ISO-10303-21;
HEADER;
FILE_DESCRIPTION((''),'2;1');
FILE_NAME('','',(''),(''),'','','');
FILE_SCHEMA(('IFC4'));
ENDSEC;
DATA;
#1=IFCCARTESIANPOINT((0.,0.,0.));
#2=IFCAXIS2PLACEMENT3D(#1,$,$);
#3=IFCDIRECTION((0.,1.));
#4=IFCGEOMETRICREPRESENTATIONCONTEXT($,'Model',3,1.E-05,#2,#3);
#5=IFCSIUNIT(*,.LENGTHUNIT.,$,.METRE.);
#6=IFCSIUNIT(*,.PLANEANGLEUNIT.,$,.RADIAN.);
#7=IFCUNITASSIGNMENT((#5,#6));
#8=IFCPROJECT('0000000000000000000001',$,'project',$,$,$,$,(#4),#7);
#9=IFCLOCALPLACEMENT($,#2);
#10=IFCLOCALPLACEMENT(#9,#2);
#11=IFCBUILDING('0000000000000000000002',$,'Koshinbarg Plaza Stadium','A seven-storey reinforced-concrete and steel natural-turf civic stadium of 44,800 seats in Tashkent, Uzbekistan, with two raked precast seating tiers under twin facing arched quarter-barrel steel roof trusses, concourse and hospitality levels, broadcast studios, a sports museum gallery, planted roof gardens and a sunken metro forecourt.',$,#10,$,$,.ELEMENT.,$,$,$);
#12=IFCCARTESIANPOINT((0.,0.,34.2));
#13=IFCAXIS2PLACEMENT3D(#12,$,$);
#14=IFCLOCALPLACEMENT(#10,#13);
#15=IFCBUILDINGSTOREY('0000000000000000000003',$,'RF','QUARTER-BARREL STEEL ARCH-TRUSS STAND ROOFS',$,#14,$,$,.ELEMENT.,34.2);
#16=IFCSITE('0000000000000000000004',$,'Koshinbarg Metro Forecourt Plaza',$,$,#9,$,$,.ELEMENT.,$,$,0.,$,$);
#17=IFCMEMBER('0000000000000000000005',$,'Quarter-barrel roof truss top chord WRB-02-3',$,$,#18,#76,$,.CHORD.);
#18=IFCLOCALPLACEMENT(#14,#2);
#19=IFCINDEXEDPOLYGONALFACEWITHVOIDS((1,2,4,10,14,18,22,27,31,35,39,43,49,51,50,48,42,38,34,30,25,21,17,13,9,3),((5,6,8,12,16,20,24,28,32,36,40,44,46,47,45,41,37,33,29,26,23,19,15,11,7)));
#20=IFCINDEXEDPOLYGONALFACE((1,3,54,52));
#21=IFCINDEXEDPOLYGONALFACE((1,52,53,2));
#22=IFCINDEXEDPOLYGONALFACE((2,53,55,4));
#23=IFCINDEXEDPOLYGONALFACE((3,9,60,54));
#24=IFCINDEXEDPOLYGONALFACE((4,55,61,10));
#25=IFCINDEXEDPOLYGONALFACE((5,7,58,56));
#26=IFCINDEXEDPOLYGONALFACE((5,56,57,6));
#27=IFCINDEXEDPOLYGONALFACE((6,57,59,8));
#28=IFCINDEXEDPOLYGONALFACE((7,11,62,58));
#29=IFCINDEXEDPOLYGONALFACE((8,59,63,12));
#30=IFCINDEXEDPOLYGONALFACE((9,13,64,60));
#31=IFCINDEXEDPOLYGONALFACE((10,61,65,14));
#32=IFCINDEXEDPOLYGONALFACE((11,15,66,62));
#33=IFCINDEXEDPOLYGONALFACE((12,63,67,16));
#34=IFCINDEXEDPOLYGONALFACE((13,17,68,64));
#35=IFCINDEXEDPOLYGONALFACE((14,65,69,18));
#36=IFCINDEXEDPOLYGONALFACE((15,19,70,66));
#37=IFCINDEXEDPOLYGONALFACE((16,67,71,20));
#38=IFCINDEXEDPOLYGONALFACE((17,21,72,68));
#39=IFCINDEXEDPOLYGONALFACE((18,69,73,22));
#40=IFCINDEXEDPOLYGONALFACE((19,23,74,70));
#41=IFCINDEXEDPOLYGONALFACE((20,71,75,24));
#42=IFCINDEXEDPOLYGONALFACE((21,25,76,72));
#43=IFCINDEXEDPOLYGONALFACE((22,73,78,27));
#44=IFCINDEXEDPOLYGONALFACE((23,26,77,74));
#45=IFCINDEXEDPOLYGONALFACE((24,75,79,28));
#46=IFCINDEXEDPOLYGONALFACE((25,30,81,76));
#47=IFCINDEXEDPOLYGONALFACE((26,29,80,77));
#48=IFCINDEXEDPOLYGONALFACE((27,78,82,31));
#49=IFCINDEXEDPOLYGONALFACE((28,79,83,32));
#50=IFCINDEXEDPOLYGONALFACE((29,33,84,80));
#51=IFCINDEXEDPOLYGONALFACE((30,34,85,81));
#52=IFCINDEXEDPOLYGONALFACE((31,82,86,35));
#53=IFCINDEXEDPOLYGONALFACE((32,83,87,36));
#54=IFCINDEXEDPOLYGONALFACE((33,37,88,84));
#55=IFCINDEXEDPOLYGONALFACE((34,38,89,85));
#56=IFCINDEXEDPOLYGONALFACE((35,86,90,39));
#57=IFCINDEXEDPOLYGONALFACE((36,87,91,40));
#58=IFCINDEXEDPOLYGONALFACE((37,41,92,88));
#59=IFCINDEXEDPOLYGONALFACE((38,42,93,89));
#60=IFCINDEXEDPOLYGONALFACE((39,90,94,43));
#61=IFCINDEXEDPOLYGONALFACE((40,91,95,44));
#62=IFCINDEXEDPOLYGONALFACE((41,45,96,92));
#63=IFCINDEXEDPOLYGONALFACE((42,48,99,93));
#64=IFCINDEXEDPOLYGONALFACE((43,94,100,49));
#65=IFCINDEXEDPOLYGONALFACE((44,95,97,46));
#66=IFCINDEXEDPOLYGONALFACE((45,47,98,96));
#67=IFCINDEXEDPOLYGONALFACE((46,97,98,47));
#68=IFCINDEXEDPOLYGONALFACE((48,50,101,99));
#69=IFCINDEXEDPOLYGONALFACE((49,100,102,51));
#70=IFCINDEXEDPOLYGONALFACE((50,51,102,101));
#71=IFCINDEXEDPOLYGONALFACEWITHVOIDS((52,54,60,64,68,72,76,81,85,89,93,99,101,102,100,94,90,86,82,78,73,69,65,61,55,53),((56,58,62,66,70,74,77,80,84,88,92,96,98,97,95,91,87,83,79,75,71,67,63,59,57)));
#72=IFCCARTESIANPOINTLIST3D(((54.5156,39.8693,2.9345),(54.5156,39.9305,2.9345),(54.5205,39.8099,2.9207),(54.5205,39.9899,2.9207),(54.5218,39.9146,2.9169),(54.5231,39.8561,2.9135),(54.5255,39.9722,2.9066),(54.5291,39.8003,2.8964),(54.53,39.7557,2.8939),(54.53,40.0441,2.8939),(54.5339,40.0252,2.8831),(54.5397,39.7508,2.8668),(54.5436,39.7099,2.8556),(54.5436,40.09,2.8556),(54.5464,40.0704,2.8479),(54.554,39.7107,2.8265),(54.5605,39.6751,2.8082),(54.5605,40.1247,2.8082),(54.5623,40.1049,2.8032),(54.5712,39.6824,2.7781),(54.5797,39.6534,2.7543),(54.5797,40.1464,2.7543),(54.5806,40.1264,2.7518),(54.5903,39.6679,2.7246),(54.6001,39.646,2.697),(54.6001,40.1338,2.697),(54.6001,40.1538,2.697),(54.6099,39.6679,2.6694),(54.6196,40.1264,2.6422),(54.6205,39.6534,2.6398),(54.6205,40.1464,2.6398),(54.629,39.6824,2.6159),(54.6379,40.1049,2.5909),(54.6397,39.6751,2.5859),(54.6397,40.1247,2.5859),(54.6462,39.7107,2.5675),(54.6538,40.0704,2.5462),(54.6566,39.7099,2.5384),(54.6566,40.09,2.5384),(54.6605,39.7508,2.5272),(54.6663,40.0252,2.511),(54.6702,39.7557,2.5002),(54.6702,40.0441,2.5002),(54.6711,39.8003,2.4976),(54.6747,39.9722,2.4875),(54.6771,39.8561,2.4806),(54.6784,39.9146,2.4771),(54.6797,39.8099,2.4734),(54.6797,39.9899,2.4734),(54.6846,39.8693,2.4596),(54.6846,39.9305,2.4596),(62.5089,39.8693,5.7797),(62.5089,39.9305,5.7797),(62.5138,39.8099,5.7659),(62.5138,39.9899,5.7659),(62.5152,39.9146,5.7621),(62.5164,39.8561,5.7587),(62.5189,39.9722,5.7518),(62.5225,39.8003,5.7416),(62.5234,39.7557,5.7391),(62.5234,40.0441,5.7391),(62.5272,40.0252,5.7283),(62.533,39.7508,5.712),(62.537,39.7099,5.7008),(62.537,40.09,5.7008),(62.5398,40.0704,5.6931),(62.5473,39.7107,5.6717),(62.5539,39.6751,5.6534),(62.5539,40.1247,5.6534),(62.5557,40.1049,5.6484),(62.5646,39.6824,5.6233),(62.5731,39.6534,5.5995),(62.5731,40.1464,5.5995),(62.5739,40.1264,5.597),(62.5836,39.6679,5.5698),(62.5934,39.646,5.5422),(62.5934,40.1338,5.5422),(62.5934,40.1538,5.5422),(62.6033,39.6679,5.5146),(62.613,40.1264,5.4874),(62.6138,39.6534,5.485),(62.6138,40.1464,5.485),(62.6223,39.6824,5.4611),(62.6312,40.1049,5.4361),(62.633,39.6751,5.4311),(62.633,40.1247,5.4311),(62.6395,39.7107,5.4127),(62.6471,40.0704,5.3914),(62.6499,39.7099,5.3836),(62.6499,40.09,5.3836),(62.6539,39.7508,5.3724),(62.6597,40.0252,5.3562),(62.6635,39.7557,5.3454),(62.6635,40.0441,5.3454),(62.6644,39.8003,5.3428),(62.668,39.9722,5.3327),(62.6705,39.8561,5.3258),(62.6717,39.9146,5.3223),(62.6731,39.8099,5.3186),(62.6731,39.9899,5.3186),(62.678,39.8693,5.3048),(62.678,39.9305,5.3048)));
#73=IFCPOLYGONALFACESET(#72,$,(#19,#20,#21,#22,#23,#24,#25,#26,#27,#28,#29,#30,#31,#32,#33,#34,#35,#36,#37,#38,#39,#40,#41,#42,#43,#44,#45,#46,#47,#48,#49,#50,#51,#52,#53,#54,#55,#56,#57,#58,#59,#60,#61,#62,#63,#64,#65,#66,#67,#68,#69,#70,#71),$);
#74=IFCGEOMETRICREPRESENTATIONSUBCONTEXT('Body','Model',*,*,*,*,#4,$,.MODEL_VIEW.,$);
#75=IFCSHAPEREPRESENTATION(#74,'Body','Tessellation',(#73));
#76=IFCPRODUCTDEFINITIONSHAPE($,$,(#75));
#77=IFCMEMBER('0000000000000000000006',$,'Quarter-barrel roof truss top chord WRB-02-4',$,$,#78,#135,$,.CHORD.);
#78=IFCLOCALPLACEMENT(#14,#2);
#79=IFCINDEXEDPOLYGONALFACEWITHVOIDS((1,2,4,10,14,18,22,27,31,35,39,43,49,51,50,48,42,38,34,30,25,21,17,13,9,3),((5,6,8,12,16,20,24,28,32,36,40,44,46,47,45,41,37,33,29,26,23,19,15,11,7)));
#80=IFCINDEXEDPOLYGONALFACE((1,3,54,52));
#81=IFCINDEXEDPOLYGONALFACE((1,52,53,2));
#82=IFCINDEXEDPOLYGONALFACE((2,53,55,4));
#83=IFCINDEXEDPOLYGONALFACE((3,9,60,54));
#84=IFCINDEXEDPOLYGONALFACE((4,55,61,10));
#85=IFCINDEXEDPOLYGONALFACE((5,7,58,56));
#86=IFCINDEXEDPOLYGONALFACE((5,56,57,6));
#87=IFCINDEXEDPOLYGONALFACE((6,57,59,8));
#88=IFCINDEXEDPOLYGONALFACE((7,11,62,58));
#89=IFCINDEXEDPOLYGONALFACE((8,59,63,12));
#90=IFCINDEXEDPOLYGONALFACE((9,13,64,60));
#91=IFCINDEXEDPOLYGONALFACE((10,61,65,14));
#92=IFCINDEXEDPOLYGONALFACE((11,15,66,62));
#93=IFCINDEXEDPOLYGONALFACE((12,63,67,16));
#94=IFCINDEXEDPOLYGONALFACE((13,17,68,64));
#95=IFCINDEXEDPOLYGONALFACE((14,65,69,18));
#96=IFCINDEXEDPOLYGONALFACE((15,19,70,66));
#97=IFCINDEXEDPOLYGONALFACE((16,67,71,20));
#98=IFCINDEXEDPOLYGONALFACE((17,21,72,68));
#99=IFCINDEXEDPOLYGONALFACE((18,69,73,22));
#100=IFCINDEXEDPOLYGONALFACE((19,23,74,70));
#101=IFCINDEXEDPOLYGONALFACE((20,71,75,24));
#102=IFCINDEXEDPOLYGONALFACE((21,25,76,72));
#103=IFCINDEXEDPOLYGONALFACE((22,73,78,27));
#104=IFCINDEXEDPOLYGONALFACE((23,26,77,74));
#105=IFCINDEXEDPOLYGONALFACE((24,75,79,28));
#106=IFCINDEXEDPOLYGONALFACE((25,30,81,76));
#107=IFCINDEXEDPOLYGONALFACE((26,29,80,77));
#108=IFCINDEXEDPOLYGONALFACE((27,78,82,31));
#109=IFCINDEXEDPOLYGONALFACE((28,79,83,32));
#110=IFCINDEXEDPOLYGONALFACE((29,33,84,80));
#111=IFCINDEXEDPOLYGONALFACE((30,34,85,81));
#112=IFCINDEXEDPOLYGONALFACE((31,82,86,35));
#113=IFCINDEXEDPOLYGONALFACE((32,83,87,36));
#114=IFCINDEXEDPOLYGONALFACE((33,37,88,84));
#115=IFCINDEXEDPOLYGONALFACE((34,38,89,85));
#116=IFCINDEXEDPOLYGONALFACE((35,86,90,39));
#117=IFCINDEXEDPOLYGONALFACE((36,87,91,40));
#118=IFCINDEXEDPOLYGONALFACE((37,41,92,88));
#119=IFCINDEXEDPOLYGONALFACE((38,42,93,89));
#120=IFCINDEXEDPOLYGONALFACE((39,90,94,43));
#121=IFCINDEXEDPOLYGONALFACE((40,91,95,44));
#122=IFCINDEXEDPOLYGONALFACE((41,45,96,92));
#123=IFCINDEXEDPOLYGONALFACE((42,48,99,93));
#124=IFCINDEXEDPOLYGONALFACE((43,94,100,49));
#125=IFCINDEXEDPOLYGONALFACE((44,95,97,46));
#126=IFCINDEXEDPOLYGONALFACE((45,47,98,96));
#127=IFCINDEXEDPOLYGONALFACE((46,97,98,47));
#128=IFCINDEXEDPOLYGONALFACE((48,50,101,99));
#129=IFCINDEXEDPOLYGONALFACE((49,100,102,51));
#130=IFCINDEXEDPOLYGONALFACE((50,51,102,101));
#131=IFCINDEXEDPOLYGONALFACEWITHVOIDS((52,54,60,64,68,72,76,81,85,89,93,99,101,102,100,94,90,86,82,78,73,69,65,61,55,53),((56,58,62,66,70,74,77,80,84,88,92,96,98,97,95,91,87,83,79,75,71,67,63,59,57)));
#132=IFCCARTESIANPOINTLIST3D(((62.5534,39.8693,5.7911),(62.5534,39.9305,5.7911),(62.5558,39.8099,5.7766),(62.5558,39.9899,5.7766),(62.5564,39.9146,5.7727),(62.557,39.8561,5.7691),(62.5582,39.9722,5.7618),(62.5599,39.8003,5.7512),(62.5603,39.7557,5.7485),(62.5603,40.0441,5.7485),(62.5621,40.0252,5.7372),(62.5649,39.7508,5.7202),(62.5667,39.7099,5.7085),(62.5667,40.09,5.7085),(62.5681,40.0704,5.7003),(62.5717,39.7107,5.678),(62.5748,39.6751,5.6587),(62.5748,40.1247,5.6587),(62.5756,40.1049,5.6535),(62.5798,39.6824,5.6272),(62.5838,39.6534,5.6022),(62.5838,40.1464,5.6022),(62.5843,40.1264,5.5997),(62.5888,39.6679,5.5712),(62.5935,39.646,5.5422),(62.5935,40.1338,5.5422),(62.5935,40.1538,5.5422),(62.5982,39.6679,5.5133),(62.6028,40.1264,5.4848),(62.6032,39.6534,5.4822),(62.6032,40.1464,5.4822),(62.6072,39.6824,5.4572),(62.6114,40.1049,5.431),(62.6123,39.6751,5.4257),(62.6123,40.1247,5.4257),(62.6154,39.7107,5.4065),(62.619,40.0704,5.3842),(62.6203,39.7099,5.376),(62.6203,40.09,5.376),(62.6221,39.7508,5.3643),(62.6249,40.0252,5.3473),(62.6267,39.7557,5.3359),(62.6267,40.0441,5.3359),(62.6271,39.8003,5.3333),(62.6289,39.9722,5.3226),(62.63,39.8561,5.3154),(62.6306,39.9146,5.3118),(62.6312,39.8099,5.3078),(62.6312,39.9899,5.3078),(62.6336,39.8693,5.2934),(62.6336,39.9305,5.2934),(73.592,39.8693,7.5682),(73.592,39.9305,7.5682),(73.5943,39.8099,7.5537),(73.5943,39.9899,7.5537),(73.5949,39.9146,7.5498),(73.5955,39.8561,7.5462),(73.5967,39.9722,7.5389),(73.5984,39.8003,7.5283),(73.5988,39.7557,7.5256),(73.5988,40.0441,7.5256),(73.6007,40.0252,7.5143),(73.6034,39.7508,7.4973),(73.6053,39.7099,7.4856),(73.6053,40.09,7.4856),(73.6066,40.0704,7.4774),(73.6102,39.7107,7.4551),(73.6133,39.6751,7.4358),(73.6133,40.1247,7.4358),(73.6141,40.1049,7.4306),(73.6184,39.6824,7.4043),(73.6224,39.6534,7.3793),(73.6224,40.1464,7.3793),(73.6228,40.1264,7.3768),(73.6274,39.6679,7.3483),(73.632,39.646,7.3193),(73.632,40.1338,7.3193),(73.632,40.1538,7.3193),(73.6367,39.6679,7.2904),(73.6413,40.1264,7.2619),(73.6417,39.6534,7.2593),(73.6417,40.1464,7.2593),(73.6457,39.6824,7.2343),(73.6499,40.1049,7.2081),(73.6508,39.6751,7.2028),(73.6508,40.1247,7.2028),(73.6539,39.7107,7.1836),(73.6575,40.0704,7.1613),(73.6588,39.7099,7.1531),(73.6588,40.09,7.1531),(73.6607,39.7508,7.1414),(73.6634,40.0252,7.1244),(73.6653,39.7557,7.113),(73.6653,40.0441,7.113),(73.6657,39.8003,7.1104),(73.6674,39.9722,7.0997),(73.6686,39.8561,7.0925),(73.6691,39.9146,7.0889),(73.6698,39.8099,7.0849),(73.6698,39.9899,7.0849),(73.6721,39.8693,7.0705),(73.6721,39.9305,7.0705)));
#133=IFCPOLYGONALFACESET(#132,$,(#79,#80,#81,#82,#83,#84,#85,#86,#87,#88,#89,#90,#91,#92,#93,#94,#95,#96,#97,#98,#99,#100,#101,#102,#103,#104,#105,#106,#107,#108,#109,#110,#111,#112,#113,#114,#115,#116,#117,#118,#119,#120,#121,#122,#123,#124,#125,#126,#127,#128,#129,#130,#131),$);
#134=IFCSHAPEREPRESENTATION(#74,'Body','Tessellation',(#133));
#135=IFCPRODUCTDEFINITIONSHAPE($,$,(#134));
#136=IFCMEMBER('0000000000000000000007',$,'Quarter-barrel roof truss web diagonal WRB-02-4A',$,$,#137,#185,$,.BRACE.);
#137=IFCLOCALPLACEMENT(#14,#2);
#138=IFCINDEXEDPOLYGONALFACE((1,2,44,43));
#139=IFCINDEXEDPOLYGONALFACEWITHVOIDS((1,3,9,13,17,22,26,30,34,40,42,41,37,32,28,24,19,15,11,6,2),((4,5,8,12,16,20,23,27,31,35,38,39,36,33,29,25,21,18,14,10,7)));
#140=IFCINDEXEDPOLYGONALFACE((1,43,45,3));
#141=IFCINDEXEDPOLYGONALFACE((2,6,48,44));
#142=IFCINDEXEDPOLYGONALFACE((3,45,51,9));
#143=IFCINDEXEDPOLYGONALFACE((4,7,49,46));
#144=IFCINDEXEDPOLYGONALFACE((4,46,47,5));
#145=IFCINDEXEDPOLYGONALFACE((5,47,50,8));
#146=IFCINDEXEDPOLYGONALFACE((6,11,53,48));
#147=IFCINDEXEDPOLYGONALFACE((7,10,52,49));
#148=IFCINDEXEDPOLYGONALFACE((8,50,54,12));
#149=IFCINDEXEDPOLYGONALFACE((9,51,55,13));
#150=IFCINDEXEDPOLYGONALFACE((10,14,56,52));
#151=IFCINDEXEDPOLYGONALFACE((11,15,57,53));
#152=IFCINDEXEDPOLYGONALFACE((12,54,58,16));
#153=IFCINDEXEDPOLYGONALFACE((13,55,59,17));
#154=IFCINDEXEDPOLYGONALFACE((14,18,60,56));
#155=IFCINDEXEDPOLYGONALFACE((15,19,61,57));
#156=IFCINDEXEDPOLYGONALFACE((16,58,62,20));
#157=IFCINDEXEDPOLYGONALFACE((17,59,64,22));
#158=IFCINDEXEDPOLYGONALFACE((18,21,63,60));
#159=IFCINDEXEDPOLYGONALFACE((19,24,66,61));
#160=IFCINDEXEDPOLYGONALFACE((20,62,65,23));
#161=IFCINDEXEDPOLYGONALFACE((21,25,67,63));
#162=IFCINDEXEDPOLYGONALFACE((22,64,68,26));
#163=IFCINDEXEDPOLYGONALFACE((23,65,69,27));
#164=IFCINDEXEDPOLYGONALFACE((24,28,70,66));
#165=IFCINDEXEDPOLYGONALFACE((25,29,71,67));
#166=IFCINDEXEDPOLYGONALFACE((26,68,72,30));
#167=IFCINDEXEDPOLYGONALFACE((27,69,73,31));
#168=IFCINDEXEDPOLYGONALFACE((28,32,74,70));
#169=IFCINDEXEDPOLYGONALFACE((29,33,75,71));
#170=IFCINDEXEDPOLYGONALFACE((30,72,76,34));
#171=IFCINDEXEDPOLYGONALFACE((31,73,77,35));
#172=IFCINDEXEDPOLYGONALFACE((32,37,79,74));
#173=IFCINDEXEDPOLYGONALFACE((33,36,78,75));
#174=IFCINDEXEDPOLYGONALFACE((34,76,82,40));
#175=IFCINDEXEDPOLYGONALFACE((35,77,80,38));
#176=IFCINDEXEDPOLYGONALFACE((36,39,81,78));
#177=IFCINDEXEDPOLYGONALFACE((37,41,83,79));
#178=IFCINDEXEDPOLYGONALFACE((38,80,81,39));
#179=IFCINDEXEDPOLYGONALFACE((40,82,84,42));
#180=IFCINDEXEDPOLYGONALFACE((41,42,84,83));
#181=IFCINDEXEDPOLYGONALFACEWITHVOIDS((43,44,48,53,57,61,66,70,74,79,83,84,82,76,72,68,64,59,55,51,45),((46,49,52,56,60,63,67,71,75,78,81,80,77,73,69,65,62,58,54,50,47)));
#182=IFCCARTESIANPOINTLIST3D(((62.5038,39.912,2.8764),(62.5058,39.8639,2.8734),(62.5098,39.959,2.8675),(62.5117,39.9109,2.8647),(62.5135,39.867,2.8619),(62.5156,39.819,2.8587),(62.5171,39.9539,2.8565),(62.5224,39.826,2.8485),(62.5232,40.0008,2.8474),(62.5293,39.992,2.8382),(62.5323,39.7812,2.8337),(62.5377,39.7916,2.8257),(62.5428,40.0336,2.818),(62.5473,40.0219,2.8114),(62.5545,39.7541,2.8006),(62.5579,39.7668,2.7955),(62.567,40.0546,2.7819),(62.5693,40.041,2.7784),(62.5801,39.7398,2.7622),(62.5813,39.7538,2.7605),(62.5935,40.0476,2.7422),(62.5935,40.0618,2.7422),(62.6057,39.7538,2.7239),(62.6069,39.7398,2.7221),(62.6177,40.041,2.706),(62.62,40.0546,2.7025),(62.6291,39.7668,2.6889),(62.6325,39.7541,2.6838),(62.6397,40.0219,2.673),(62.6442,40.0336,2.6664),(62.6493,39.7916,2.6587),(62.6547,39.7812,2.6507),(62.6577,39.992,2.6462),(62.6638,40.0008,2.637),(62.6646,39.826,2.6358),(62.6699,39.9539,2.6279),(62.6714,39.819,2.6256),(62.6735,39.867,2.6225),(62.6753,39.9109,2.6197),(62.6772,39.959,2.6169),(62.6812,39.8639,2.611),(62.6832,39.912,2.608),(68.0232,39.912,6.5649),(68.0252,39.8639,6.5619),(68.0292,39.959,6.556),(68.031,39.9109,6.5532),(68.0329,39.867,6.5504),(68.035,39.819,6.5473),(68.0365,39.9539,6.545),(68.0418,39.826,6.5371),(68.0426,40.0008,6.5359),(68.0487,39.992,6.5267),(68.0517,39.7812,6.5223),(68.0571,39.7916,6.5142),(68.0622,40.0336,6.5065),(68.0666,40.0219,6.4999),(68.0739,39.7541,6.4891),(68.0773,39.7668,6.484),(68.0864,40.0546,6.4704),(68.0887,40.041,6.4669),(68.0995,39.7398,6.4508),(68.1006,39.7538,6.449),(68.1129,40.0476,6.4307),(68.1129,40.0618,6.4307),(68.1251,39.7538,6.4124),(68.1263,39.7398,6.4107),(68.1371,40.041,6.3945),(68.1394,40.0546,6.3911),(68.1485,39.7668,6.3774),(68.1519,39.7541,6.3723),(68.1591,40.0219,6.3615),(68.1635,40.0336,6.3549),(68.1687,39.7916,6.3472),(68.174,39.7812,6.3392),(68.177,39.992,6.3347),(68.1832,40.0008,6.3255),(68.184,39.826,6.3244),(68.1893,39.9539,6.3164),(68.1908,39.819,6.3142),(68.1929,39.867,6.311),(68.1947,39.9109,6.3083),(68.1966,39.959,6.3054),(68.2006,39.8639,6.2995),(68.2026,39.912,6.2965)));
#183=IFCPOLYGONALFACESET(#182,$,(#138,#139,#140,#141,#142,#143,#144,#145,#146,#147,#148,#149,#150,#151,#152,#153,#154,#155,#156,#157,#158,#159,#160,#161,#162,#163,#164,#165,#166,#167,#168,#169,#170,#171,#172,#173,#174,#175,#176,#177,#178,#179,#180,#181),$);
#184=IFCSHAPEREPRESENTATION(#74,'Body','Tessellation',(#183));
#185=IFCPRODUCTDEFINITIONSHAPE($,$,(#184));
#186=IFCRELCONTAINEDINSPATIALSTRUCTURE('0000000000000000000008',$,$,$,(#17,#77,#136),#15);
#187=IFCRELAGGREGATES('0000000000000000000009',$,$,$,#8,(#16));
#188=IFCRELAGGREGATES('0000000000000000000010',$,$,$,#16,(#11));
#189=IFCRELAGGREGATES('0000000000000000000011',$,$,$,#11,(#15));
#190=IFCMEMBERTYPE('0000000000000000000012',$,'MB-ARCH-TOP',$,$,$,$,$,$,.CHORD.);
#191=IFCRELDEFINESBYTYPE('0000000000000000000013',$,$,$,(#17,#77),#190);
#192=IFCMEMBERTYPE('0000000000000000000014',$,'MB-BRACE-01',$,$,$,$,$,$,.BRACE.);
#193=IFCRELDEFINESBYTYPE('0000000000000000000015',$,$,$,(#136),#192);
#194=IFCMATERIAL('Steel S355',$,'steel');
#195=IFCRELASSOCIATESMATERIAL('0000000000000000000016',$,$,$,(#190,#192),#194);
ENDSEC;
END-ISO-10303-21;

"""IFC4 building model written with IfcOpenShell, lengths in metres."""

from ifc_helpers import new_model, si_unit, direction, frame, origin, origin_2d, place, context, subcontext, project, spatial, hollow_circle, extrude, material, material_profile, profile_set, type_object, element, save


model = new_model("IFC4")

# Units and contexts
model_context = context("Model", 3, precision=1e-05, world=origin(), true_north=direction((0.0, 1.0)))
body_context = subcontext(model_context, "Body", "Model", "MODEL_VIEW")
ifc_project = project(units=[si_unit("LENGTHUNIT", "METRE"), si_unit("PLANEANGLEUNIT", "RADIAN")], contexts=[model_context])

# Site, building, storey
site_placement = place(None, origin())
site = spatial("IfcSite", under=ifc_project, at=site_placement, Name="Koshinbarg Metro Forecourt Plaza", CompositionType="ELEMENT", RefElevation=0.0)
building_placement = place(site_placement, origin())
building = spatial("IfcBuilding", under=site, at=building_placement, Name="Koshinbarg Plaza Stadium", Description="A seven-storey reinforced-concrete and steel natural-turf civic stadium of 44,800 seats in Tashkent, Uzbekistan, with two raked precast seating tiers under twin facing arched quarter-barrel steel roof trusses, concourse and hospitality levels, broadcast studios, a sports museum gallery, planted roof gardens and a sunken metro forecourt.", CompositionType="ELEMENT")
storey_placement = place(building_placement, frame((0.0, 0.0, 34.2)))
storey = spatial("IfcBuildingStorey", under=building, at=storey_placement, Name="RF", Description="QUARTER-BARREL STEEL ARCH-TRUSS STAND ROOFS", CompositionType="ELEMENT", Elevation=34.2)

# Members
ifc_material_1 = material(Name="Steel S355", Category="steel")
ifc_material_profile_1 = material_profile(ifc_material_1, hollow_circle(Radius=0.2539, WallThickness=0.02, at=origin_2d()), Name="CHS 508x20")
ifc_profile_set_1 = profile_set([ifc_material_profile_1], Name="Steel S355")
member_type_1 = type_object("IfcMemberType", Name="MB-ARCH-TOP", PredefinedType="CHORD", material=ifc_profile_set_1)
member_1_placement = place(storey_placement, frame((54.6001, 39.8999, 2.697), z_axis=(0.942099, 0.0, 0.335335), x_axis=(0.0, 1.0, 0.0)))
element("IfcMember", 1, at=member_1_placement, inside=storey, type_object=member_type_1, Name="Quarter-barrel roof truss top chord WRB-02-3", PredefinedType="CHORD", context=body_context, shape_type="SweptSolid", body=[
    extrude(hollow_circle(Radius=0.2539, WallThickness=0.02, at=origin_2d()), origin(), (0.0, 0.0, 1.0), 8.4846),
])
member_2_placement = place(storey_placement, frame((62.5935, 39.8999, 5.5422), z_axis=(0.987288, 0.0, 0.158943), x_axis=(0.0, 1.0, 0.0)))
element("IfcMember", 2, at=member_2_placement, inside=storey, type_object=member_type_1, Name="Quarter-barrel roof truss top chord WRB-02-4", PredefinedType="CHORD", context=body_context, shape_type="SweptSolid", body=[
    extrude(hollow_circle(Radius=0.2539, WallThickness=0.02, at=origin_2d()), origin(), (0.0, 0.0, 1.0), 11.1807),
])
ifc_material_profile_2 = material_profile(ifc_material_1, hollow_circle(Radius=0.1619, WallThickness=0.0142, at=origin_2d()), Name="CHS 323.9x14.2")
ifc_profile_set_2 = profile_set([ifc_material_profile_2], Name="Steel S355")
member_type_2 = type_object("IfcMemberType", Name="MB-BRACE-01", PredefinedType="BRACE", material=ifc_profile_set_2)
member_3_placement = place(storey_placement, frame((62.5935, 39.8999, 2.7422), z_axis=(0.831427, 0.0, 0.555633), x_axis=(0.0, 1.0, 0.0)))
element("IfcMember", 3, at=member_3_placement, inside=storey, type_object=member_type_2, Name="Quarter-barrel roof truss web diagonal WRB-02-4A", PredefinedType="BRACE", context=body_context, shape_type="SweptSolid", body=[
    extrude(hollow_circle(Radius=0.1619, WallThickness=0.0142, at=origin_2d()), origin(), (0.0, 0.0, 1.0), 6.6384),
])

save(model, "model.ifc")
